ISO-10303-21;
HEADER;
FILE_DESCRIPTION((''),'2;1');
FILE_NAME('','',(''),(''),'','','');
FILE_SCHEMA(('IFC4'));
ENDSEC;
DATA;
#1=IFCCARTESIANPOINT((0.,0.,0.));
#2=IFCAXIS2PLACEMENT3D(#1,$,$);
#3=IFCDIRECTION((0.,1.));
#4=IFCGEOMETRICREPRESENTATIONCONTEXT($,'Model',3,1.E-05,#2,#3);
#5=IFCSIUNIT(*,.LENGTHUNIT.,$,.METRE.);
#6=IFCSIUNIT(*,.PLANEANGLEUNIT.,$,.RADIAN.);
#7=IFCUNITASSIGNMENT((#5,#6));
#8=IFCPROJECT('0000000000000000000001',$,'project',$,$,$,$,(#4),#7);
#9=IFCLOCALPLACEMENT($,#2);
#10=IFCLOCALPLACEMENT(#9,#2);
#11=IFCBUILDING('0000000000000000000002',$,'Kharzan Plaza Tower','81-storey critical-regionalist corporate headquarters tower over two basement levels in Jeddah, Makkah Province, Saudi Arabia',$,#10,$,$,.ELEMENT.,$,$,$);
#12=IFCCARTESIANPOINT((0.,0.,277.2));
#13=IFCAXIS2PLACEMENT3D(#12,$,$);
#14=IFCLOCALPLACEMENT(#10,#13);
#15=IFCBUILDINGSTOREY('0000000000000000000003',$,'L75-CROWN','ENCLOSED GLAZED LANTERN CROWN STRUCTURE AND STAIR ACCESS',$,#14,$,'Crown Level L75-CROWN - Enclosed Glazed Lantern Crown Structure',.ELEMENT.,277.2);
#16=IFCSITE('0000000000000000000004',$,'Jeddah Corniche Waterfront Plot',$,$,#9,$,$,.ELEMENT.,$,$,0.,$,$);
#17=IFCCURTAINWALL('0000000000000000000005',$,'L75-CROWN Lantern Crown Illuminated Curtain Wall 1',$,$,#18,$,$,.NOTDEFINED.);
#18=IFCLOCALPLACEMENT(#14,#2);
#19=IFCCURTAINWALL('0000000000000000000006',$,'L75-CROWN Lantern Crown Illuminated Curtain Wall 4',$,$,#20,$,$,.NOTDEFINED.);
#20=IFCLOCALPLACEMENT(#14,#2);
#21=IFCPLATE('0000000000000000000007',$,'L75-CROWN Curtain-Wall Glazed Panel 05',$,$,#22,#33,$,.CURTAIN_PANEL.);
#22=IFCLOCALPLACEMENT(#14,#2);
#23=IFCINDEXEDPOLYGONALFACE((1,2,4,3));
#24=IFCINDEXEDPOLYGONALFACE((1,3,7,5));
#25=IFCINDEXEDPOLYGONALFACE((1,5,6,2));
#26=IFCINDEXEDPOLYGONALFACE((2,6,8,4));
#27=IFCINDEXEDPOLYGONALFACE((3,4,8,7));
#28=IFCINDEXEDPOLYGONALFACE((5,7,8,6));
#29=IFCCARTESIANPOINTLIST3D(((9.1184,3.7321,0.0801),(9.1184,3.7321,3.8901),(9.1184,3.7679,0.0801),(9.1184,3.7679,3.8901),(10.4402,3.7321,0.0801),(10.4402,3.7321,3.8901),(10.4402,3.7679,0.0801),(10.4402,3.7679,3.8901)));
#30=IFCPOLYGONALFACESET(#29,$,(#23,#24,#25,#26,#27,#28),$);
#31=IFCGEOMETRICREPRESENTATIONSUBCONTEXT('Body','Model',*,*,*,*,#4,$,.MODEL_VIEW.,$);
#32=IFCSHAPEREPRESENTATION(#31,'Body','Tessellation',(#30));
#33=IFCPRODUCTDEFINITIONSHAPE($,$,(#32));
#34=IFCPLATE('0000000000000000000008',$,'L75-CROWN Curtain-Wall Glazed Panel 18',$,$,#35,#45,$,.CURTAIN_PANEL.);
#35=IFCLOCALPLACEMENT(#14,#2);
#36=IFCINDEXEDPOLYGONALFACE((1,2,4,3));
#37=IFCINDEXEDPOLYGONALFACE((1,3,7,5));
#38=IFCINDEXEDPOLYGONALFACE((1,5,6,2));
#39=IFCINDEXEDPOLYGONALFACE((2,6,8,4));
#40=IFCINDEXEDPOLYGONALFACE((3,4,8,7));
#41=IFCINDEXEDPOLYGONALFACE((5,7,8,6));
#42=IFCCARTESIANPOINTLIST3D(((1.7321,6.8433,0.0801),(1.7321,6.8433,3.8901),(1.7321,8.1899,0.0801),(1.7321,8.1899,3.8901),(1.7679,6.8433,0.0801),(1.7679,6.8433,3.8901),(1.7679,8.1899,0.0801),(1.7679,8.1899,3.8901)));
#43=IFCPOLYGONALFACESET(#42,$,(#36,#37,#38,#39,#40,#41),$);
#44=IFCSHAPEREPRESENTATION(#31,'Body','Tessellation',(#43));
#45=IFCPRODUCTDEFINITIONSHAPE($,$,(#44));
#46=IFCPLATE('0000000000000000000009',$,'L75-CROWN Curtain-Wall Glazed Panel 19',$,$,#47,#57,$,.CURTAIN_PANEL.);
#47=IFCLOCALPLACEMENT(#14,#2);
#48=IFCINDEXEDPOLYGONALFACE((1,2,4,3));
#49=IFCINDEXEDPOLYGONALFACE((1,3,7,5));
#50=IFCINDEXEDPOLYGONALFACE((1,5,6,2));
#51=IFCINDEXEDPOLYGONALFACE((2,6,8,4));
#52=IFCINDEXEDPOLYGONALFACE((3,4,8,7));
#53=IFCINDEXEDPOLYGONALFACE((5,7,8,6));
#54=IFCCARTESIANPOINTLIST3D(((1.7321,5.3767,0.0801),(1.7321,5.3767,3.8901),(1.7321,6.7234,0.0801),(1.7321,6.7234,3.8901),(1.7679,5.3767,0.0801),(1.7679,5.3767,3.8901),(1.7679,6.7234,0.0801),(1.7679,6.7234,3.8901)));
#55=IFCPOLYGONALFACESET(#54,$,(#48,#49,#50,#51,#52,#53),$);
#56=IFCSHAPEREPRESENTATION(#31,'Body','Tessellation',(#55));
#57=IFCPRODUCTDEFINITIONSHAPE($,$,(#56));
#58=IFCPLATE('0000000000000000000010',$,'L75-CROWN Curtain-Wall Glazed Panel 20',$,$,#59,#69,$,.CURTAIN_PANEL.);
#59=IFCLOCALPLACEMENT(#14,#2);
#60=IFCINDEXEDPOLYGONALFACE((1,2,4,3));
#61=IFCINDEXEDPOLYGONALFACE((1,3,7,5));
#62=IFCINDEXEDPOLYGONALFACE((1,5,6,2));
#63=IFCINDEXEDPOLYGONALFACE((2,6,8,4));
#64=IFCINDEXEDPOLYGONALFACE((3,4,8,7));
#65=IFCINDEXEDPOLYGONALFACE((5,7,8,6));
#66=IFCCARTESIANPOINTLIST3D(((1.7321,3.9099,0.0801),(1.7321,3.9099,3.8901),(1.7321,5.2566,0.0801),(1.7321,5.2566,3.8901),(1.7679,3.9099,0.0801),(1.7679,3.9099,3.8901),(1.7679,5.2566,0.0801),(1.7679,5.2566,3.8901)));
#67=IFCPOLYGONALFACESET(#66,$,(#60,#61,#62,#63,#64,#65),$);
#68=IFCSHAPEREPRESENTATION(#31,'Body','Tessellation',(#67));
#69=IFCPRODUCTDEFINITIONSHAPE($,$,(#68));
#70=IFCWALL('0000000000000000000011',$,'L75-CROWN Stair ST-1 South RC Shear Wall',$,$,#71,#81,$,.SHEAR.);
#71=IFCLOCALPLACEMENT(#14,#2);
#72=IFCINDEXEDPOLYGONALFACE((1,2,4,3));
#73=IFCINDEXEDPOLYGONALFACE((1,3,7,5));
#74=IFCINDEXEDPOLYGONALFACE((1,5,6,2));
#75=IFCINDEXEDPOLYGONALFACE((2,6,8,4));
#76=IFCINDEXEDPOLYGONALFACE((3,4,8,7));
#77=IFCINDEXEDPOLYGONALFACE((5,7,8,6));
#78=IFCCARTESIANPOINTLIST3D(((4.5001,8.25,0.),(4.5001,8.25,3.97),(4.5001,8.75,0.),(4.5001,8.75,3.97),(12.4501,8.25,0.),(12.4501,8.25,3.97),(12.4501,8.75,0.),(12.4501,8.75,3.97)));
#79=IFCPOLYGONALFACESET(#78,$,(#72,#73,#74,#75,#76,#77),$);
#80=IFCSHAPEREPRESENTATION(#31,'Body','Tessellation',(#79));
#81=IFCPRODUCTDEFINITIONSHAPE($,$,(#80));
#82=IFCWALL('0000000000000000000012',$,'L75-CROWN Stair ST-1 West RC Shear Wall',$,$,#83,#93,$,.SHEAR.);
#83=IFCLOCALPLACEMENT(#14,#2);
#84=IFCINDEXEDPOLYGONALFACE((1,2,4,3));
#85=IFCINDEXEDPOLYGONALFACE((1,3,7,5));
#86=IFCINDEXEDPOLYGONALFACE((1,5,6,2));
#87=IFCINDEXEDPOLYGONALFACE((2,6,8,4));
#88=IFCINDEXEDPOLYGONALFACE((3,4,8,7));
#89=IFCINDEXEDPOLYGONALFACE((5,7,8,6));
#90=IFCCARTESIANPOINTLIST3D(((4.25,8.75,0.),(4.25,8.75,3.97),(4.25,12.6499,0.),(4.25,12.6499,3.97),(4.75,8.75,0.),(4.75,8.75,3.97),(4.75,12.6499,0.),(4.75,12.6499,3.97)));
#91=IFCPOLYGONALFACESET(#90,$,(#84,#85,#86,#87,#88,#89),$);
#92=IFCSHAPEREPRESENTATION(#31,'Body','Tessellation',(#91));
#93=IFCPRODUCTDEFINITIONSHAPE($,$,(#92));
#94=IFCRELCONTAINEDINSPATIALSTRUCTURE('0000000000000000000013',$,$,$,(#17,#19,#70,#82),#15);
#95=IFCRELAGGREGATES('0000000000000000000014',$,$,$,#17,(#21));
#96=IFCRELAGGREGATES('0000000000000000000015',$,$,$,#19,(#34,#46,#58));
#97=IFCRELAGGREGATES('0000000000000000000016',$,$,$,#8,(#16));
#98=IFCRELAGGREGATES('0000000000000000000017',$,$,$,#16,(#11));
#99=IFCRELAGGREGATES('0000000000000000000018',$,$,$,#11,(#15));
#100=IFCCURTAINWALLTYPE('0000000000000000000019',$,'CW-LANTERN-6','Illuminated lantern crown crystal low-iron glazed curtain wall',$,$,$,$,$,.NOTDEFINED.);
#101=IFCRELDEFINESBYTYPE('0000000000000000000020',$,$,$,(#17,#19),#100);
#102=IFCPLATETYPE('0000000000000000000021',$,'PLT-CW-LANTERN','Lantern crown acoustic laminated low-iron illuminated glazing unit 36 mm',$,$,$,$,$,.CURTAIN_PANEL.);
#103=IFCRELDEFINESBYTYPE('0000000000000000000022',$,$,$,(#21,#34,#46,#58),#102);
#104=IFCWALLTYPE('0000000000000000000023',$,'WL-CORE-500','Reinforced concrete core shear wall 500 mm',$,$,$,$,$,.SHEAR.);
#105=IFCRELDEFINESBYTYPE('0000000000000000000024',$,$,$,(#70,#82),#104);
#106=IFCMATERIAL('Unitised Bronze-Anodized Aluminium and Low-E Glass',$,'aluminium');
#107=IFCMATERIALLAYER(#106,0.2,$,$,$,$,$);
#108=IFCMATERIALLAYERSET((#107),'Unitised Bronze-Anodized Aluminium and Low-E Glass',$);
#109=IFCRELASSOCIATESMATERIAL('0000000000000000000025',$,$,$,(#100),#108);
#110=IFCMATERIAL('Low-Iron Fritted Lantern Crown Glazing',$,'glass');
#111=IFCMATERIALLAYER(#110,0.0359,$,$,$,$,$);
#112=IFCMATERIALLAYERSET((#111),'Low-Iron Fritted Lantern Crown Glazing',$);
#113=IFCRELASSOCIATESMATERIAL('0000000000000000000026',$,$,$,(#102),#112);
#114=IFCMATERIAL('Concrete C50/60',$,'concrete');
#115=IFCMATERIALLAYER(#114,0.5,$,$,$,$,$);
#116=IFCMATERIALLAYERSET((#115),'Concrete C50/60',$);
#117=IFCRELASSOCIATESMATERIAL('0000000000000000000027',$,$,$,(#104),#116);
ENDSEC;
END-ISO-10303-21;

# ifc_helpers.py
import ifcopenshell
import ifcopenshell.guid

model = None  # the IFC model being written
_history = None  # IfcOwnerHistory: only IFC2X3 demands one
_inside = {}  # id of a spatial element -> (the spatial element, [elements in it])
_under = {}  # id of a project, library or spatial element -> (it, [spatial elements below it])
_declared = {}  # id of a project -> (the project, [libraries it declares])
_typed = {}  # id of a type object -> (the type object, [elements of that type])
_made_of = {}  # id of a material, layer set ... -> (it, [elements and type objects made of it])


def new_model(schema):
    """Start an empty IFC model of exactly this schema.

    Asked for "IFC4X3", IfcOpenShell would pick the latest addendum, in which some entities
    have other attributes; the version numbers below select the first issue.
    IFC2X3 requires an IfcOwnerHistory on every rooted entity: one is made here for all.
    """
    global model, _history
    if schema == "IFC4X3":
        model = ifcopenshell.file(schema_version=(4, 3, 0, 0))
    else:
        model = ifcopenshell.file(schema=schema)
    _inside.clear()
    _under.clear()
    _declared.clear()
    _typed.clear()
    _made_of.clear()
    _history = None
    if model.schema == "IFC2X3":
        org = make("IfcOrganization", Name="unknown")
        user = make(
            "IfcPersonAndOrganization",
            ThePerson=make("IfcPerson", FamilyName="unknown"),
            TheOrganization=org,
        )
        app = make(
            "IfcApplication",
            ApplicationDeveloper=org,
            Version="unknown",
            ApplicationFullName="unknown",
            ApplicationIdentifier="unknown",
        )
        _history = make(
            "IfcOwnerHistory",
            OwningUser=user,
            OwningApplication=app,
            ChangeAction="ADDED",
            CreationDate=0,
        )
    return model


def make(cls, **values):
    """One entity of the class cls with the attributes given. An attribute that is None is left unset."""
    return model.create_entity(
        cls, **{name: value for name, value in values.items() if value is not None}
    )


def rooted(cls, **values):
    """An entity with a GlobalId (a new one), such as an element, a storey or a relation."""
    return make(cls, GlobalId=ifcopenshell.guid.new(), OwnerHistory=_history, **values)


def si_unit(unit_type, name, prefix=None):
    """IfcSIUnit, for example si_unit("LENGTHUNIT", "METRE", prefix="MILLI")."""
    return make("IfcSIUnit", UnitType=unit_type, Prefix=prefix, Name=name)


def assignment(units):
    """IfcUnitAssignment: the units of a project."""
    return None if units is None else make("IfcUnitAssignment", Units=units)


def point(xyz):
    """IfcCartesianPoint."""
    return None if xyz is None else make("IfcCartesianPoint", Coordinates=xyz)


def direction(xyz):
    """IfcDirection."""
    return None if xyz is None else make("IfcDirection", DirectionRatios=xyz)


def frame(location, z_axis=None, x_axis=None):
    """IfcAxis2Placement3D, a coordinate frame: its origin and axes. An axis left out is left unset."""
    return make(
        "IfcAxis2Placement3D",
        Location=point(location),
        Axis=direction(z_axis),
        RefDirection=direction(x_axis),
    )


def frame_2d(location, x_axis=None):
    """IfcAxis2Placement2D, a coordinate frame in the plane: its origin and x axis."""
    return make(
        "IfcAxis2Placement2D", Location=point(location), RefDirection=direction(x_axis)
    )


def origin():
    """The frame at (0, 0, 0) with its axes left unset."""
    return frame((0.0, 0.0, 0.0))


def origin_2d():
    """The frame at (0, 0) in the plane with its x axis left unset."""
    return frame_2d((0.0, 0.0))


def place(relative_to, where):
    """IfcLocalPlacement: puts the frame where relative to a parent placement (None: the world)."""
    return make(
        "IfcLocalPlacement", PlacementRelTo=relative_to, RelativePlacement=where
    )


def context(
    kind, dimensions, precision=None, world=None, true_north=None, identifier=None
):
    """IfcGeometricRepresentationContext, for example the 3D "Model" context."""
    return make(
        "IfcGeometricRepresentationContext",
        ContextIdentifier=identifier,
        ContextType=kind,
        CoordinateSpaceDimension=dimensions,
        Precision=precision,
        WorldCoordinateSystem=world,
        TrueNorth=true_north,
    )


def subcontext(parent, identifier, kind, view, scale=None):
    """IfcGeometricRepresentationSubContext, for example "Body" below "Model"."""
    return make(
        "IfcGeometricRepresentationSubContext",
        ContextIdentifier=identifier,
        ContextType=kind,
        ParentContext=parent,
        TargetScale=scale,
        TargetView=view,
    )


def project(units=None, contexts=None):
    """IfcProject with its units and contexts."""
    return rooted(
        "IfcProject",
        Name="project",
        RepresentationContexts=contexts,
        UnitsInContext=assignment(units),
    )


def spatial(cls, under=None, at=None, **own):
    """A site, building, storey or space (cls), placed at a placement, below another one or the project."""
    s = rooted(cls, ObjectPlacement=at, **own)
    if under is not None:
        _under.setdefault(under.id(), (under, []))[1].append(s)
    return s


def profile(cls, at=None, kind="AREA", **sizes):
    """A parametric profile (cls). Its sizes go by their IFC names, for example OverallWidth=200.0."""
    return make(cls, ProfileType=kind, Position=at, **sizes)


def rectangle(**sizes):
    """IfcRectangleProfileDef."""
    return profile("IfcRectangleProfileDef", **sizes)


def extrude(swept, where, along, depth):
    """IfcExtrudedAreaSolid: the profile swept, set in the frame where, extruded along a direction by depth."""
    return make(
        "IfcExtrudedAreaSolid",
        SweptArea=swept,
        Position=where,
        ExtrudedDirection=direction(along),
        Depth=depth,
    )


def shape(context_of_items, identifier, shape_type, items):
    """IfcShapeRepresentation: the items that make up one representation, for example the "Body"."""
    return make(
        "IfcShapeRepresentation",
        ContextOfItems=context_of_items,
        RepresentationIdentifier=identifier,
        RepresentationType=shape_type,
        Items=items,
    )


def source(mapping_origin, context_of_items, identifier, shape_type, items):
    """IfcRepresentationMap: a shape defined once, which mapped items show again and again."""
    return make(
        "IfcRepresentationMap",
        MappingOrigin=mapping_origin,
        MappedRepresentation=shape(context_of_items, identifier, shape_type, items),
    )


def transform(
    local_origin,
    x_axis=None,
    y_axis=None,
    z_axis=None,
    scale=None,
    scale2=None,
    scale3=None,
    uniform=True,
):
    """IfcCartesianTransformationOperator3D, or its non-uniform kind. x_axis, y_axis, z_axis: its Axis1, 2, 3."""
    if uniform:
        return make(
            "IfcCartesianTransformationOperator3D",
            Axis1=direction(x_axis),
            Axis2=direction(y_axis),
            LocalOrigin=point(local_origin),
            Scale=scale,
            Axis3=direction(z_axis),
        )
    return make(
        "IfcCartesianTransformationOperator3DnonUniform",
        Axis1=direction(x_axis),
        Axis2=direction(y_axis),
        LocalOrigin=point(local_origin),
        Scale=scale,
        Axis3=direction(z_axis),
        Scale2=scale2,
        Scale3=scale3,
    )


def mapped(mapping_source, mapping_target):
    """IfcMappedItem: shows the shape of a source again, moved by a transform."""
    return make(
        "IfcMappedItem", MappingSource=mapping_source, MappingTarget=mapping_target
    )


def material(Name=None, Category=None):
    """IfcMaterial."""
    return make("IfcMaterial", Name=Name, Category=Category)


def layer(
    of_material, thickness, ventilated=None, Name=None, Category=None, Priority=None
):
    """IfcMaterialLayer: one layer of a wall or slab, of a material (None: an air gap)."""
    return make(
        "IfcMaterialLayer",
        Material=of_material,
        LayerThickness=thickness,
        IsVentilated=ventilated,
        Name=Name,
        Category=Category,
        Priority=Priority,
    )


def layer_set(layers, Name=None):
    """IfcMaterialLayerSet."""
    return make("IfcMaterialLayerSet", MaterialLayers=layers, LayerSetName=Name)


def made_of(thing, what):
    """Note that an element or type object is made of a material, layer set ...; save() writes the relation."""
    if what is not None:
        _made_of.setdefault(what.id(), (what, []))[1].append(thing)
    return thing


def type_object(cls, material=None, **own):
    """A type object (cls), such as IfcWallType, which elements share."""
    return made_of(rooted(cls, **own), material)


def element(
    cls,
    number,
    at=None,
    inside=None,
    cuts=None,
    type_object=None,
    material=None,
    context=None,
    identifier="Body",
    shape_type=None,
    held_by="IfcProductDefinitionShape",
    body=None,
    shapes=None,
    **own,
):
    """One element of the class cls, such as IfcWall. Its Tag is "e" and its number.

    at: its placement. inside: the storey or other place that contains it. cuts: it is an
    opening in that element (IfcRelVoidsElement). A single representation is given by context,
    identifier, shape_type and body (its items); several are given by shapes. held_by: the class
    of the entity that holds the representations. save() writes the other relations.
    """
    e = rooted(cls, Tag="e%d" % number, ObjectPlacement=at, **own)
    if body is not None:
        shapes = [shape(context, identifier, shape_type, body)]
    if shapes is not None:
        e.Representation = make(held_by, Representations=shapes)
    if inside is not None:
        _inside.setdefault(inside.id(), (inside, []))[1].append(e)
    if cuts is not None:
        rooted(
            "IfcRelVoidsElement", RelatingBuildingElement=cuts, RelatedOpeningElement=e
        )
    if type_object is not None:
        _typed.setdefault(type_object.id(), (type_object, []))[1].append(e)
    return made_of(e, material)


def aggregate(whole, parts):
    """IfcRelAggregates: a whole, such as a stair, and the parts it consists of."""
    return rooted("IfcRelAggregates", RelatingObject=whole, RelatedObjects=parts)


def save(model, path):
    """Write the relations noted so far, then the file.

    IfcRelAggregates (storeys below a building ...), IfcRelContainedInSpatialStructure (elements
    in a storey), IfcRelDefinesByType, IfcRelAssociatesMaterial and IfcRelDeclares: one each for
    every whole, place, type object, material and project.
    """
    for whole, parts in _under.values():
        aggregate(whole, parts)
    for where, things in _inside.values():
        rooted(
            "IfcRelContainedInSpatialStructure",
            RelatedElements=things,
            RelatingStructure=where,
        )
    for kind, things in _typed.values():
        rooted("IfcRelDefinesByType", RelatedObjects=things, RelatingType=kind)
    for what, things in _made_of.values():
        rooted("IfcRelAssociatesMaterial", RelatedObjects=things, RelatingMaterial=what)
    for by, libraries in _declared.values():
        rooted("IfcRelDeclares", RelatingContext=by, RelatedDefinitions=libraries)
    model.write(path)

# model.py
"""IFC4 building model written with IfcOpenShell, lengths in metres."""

from ifc_helpers import new_model, si_unit, direction, frame, frame_2d, origin, origin_2d, place, context, subcontext, project, spatial, rectangle, extrude, source, transform, mapped, material, layer, layer_set, type_object, element, aggregate, save


model = new_model("IFC4")

# Units and contexts
model_context = context("Model", 3, precision=1e-05, world=origin(), true_north=direction((0.0, 1.0)))
body_context = subcontext(model_context, "Body", "Model", "MODEL_VIEW")
ifc_project = project(units=[si_unit("LENGTHUNIT", "METRE"), si_unit("PLANEANGLEUNIT", "RADIAN")], contexts=[model_context])

# Site, building, storey
site_placement = place(None, origin())
site = spatial("IfcSite", under=ifc_project, at=site_placement, Name="Jeddah Corniche Waterfront Plot", CompositionType="ELEMENT", RefElevation=0.0)
building_placement = place(site_placement, origin())
building = spatial("IfcBuilding", under=site, at=building_placement, Name="Kharzan Plaza Tower", Description="81-storey critical-regionalist corporate headquarters tower over two basement levels in Jeddah, Makkah Province, Saudi Arabia", CompositionType="ELEMENT")
storey_placement = place(building_placement, frame((0.0, 0.0, 277.2)))
storey = spatial("IfcBuildingStorey", under=building, at=storey_placement, Name="L75-CROWN", Description="ENCLOSED GLAZED LANTERN CROWN STRUCTURE AND STAIR ACCESS", LongName="Crown Level L75-CROWN - Enclosed Glazed Lantern Crown Structure", CompositionType="ELEMENT", Elevation=277.2)

# Curtain walls
ifc_material_1 = material(Name="Unitised Bronze-Anodized Aluminium and Low-E Glass", Category="aluminium")
ifc_layer_1 = layer(ifc_material_1, 0.2)
ifc_layer_set_1 = layer_set([ifc_layer_1], Name="Unitised Bronze-Anodized Aluminium and Low-E Glass")
curtain_wall_type = type_object("IfcCurtainWallType", Name="CW-LANTERN-6", Description="Illuminated lantern crown crystal low-iron glazed curtain wall", PredefinedType="NOTDEFINED", material=ifc_layer_set_1)
curtain_wall_1_placement = place(storey_placement, origin())
curtain_wall_1 = element("IfcCurtainWall", 1, at=curtain_wall_1_placement, inside=storey, type_object=curtain_wall_type, Name="L75-CROWN Lantern Crown Illuminated Curtain Wall 1", PredefinedType="NOTDEFINED")
curtain_wall_2_placement = place(storey_placement, origin())
curtain_wall_2 = element("IfcCurtainWall", 2, at=curtain_wall_2_placement, inside=storey, type_object=curtain_wall_type, Name="L75-CROWN Lantern Crown Illuminated Curtain Wall 4", PredefinedType="NOTDEFINED")

# Plates
ifc_material_2 = material(Name="Low-Iron Fritted Lantern Crown Glazing", Category="glass")
ifc_layer_2 = layer(ifc_material_2, 0.0359)
ifc_layer_set_2 = layer_set([ifc_layer_2], Name="Low-Iron Fritted Lantern Crown Glazing")
plate_type = type_object("IfcPlateType", Name="PLT-CW-LANTERN", Description="Lantern crown acoustic laminated low-iron illuminated glazing unit 36 mm", PredefinedType="CURTAIN_PANEL", material=ifc_layer_set_2)
shared_shape_1 = source(origin(), body_context, "Body", "SweptSolid", [
    extrude(rectangle(XDim=1.3218, YDim=0.0359, at=origin_2d()), origin(), (0.0, 0.0, 1.0), 3.8101),
])
plate_1_placement = place(storey_placement, frame((9.7793, 3.75, 0.0801), z_axis=(0.0, 0.0, 1.0), x_axis=(1.0, 0.0, 0.0)))
plate_1 = element("IfcPlate", 3, at=plate_1_placement, type_object=plate_type, Name="L75-CROWN Curtain-Wall Glazed Panel 05", PredefinedType="CURTAIN_PANEL", context=body_context, shape_type="MappedRepresentation", body=[
    mapped(shared_shape_1, transform((0.0, 0.0, 0.0), x_axis=(1.0, 0.0, 0.0), y_axis=(0.0, 1.0, 0.0), z_axis=(0.0, 0.0, 1.0))),
])
aggregate(curtain_wall_1, [plate_1])
shared_shape_2 = source(origin(), body_context, "Body", "SweptSolid", [
    extrude(rectangle(XDim=1.3467, YDim=0.0359, at=origin_2d()), origin(), (0.0, 0.0, 1.0), 3.8101),
])
plate_2_placement = place(storey_placement, frame((1.75, 7.5166, 0.0801), z_axis=(0.0, 0.0, 1.0), x_axis=(0.0, -1.0, 0.0)))
plate_2 = element("IfcPlate", 4, at=plate_2_placement, type_object=plate_type, Name="L75-CROWN Curtain-Wall Glazed Panel 18", PredefinedType="CURTAIN_PANEL", context=body_context, shape_type="MappedRepresentation", body=[
    mapped(shared_shape_2, transform((0.0, 0.0, 0.0), x_axis=(1.0, 0.0, 0.0), y_axis=(0.0, 1.0, 0.0), z_axis=(0.0, 0.0, 1.0))),
])
plate_3_placement = place(storey_placement, frame((1.75, 6.05, 0.0801), z_axis=(0.0, 0.0, 1.0), x_axis=(0.0, -1.0, 0.0)))
plate_3 = element("IfcPlate", 5, at=plate_3_placement, type_object=plate_type, Name="L75-CROWN Curtain-Wall Glazed Panel 19", PredefinedType="CURTAIN_PANEL", context=body_context, shape_type="MappedRepresentation", body=[
    mapped(shared_shape_2, transform((0.0, 0.0, 0.0), x_axis=(1.0, 0.0, 0.0), y_axis=(0.0, 1.0, 0.0), z_axis=(0.0, 0.0, 1.0))),
])
plate_4_placement = place(storey_placement, frame((1.75, 4.5833, 0.0801), z_axis=(0.0, 0.0, 1.0), x_axis=(0.0, -1.0, 0.0)))
plate_4 = element("IfcPlate", 6, at=plate_4_placement, type_object=plate_type, Name="L75-CROWN Curtain-Wall Glazed Panel 20", PredefinedType="CURTAIN_PANEL", context=body_context, shape_type="MappedRepresentation", body=[
    mapped(shared_shape_2, transform((0.0, 0.0, 0.0), x_axis=(1.0, 0.0, 0.0), y_axis=(0.0, 1.0, 0.0), z_axis=(0.0, 0.0, 1.0))),
])
aggregate(curtain_wall_2, [plate_2, plate_3, plate_4])

# Walls
ifc_material_3 = material(Name="Concrete C50/60", Category="concrete")
ifc_layer_3 = layer(ifc_material_3, 0.5)
ifc_layer_set_3 = layer_set([ifc_layer_3], Name="Concrete C50/60")
wall_type = type_object("IfcWallType", Name="WL-CORE-500", Description="Reinforced concrete core shear wall 500 mm", PredefinedType="SHEAR", material=ifc_layer_set_3)
shared_shape_3 = source(origin(), body_context, "Body", "SweptSolid", [
    extrude(rectangle(XDim=7.95, YDim=0.5, at=frame_2d((3.9751, 0.0))), origin(), (0.0, 0.0, 1.0), 3.97),
])
wall_1_placement = place(storey_placement, frame((4.5, 8.5, 0.0), z_axis=(0.0, 0.0, 1.0), x_axis=(1.0, 0.0, 0.0)))
element("IfcWall", 7, at=wall_1_placement, inside=storey, type_object=wall_type, Name="L75-CROWN Stair ST-1 South RC Shear Wall", PredefinedType="SHEAR", context=body_context, shape_type="MappedRepresentation", body=[
    mapped(shared_shape_3, transform((0.0, 0.0, 0.0), x_axis=(1.0, 0.0, 0.0), y_axis=(0.0, 1.0, 0.0), z_axis=(0.0, 0.0, 1.0))),
])
shared_shape_4 = source(origin(), body_context, "Body", "SweptSolid", [
    extrude(rectangle(XDim=3.8999, YDim=0.5, at=frame_2d((1.95, 0.0))), origin(), (0.0, 0.0, 1.0), 3.97),
])
wall_2_placement = place(storey_placement, frame((4.5, 8.75, 0.0), z_axis=(0.0, 0.0, 1.0), x_axis=(0.0, 1.0, 0.0)))
element("IfcWall", 8, at=wall_2_placement, inside=storey, type_object=wall_type, Name="L75-CROWN Stair ST-1 West RC Shear Wall", PredefinedType="SHEAR", context=body_context, shape_type="MappedRepresentation", body=[
    mapped(shared_shape_4, transform((0.0, 0.0, 0.0), x_axis=(1.0, 0.0, 0.0), y_axis=(0.0, 1.0, 0.0), z_axis=(0.0, 0.0, 1.0))),
])

save(model, "model.ifc")
